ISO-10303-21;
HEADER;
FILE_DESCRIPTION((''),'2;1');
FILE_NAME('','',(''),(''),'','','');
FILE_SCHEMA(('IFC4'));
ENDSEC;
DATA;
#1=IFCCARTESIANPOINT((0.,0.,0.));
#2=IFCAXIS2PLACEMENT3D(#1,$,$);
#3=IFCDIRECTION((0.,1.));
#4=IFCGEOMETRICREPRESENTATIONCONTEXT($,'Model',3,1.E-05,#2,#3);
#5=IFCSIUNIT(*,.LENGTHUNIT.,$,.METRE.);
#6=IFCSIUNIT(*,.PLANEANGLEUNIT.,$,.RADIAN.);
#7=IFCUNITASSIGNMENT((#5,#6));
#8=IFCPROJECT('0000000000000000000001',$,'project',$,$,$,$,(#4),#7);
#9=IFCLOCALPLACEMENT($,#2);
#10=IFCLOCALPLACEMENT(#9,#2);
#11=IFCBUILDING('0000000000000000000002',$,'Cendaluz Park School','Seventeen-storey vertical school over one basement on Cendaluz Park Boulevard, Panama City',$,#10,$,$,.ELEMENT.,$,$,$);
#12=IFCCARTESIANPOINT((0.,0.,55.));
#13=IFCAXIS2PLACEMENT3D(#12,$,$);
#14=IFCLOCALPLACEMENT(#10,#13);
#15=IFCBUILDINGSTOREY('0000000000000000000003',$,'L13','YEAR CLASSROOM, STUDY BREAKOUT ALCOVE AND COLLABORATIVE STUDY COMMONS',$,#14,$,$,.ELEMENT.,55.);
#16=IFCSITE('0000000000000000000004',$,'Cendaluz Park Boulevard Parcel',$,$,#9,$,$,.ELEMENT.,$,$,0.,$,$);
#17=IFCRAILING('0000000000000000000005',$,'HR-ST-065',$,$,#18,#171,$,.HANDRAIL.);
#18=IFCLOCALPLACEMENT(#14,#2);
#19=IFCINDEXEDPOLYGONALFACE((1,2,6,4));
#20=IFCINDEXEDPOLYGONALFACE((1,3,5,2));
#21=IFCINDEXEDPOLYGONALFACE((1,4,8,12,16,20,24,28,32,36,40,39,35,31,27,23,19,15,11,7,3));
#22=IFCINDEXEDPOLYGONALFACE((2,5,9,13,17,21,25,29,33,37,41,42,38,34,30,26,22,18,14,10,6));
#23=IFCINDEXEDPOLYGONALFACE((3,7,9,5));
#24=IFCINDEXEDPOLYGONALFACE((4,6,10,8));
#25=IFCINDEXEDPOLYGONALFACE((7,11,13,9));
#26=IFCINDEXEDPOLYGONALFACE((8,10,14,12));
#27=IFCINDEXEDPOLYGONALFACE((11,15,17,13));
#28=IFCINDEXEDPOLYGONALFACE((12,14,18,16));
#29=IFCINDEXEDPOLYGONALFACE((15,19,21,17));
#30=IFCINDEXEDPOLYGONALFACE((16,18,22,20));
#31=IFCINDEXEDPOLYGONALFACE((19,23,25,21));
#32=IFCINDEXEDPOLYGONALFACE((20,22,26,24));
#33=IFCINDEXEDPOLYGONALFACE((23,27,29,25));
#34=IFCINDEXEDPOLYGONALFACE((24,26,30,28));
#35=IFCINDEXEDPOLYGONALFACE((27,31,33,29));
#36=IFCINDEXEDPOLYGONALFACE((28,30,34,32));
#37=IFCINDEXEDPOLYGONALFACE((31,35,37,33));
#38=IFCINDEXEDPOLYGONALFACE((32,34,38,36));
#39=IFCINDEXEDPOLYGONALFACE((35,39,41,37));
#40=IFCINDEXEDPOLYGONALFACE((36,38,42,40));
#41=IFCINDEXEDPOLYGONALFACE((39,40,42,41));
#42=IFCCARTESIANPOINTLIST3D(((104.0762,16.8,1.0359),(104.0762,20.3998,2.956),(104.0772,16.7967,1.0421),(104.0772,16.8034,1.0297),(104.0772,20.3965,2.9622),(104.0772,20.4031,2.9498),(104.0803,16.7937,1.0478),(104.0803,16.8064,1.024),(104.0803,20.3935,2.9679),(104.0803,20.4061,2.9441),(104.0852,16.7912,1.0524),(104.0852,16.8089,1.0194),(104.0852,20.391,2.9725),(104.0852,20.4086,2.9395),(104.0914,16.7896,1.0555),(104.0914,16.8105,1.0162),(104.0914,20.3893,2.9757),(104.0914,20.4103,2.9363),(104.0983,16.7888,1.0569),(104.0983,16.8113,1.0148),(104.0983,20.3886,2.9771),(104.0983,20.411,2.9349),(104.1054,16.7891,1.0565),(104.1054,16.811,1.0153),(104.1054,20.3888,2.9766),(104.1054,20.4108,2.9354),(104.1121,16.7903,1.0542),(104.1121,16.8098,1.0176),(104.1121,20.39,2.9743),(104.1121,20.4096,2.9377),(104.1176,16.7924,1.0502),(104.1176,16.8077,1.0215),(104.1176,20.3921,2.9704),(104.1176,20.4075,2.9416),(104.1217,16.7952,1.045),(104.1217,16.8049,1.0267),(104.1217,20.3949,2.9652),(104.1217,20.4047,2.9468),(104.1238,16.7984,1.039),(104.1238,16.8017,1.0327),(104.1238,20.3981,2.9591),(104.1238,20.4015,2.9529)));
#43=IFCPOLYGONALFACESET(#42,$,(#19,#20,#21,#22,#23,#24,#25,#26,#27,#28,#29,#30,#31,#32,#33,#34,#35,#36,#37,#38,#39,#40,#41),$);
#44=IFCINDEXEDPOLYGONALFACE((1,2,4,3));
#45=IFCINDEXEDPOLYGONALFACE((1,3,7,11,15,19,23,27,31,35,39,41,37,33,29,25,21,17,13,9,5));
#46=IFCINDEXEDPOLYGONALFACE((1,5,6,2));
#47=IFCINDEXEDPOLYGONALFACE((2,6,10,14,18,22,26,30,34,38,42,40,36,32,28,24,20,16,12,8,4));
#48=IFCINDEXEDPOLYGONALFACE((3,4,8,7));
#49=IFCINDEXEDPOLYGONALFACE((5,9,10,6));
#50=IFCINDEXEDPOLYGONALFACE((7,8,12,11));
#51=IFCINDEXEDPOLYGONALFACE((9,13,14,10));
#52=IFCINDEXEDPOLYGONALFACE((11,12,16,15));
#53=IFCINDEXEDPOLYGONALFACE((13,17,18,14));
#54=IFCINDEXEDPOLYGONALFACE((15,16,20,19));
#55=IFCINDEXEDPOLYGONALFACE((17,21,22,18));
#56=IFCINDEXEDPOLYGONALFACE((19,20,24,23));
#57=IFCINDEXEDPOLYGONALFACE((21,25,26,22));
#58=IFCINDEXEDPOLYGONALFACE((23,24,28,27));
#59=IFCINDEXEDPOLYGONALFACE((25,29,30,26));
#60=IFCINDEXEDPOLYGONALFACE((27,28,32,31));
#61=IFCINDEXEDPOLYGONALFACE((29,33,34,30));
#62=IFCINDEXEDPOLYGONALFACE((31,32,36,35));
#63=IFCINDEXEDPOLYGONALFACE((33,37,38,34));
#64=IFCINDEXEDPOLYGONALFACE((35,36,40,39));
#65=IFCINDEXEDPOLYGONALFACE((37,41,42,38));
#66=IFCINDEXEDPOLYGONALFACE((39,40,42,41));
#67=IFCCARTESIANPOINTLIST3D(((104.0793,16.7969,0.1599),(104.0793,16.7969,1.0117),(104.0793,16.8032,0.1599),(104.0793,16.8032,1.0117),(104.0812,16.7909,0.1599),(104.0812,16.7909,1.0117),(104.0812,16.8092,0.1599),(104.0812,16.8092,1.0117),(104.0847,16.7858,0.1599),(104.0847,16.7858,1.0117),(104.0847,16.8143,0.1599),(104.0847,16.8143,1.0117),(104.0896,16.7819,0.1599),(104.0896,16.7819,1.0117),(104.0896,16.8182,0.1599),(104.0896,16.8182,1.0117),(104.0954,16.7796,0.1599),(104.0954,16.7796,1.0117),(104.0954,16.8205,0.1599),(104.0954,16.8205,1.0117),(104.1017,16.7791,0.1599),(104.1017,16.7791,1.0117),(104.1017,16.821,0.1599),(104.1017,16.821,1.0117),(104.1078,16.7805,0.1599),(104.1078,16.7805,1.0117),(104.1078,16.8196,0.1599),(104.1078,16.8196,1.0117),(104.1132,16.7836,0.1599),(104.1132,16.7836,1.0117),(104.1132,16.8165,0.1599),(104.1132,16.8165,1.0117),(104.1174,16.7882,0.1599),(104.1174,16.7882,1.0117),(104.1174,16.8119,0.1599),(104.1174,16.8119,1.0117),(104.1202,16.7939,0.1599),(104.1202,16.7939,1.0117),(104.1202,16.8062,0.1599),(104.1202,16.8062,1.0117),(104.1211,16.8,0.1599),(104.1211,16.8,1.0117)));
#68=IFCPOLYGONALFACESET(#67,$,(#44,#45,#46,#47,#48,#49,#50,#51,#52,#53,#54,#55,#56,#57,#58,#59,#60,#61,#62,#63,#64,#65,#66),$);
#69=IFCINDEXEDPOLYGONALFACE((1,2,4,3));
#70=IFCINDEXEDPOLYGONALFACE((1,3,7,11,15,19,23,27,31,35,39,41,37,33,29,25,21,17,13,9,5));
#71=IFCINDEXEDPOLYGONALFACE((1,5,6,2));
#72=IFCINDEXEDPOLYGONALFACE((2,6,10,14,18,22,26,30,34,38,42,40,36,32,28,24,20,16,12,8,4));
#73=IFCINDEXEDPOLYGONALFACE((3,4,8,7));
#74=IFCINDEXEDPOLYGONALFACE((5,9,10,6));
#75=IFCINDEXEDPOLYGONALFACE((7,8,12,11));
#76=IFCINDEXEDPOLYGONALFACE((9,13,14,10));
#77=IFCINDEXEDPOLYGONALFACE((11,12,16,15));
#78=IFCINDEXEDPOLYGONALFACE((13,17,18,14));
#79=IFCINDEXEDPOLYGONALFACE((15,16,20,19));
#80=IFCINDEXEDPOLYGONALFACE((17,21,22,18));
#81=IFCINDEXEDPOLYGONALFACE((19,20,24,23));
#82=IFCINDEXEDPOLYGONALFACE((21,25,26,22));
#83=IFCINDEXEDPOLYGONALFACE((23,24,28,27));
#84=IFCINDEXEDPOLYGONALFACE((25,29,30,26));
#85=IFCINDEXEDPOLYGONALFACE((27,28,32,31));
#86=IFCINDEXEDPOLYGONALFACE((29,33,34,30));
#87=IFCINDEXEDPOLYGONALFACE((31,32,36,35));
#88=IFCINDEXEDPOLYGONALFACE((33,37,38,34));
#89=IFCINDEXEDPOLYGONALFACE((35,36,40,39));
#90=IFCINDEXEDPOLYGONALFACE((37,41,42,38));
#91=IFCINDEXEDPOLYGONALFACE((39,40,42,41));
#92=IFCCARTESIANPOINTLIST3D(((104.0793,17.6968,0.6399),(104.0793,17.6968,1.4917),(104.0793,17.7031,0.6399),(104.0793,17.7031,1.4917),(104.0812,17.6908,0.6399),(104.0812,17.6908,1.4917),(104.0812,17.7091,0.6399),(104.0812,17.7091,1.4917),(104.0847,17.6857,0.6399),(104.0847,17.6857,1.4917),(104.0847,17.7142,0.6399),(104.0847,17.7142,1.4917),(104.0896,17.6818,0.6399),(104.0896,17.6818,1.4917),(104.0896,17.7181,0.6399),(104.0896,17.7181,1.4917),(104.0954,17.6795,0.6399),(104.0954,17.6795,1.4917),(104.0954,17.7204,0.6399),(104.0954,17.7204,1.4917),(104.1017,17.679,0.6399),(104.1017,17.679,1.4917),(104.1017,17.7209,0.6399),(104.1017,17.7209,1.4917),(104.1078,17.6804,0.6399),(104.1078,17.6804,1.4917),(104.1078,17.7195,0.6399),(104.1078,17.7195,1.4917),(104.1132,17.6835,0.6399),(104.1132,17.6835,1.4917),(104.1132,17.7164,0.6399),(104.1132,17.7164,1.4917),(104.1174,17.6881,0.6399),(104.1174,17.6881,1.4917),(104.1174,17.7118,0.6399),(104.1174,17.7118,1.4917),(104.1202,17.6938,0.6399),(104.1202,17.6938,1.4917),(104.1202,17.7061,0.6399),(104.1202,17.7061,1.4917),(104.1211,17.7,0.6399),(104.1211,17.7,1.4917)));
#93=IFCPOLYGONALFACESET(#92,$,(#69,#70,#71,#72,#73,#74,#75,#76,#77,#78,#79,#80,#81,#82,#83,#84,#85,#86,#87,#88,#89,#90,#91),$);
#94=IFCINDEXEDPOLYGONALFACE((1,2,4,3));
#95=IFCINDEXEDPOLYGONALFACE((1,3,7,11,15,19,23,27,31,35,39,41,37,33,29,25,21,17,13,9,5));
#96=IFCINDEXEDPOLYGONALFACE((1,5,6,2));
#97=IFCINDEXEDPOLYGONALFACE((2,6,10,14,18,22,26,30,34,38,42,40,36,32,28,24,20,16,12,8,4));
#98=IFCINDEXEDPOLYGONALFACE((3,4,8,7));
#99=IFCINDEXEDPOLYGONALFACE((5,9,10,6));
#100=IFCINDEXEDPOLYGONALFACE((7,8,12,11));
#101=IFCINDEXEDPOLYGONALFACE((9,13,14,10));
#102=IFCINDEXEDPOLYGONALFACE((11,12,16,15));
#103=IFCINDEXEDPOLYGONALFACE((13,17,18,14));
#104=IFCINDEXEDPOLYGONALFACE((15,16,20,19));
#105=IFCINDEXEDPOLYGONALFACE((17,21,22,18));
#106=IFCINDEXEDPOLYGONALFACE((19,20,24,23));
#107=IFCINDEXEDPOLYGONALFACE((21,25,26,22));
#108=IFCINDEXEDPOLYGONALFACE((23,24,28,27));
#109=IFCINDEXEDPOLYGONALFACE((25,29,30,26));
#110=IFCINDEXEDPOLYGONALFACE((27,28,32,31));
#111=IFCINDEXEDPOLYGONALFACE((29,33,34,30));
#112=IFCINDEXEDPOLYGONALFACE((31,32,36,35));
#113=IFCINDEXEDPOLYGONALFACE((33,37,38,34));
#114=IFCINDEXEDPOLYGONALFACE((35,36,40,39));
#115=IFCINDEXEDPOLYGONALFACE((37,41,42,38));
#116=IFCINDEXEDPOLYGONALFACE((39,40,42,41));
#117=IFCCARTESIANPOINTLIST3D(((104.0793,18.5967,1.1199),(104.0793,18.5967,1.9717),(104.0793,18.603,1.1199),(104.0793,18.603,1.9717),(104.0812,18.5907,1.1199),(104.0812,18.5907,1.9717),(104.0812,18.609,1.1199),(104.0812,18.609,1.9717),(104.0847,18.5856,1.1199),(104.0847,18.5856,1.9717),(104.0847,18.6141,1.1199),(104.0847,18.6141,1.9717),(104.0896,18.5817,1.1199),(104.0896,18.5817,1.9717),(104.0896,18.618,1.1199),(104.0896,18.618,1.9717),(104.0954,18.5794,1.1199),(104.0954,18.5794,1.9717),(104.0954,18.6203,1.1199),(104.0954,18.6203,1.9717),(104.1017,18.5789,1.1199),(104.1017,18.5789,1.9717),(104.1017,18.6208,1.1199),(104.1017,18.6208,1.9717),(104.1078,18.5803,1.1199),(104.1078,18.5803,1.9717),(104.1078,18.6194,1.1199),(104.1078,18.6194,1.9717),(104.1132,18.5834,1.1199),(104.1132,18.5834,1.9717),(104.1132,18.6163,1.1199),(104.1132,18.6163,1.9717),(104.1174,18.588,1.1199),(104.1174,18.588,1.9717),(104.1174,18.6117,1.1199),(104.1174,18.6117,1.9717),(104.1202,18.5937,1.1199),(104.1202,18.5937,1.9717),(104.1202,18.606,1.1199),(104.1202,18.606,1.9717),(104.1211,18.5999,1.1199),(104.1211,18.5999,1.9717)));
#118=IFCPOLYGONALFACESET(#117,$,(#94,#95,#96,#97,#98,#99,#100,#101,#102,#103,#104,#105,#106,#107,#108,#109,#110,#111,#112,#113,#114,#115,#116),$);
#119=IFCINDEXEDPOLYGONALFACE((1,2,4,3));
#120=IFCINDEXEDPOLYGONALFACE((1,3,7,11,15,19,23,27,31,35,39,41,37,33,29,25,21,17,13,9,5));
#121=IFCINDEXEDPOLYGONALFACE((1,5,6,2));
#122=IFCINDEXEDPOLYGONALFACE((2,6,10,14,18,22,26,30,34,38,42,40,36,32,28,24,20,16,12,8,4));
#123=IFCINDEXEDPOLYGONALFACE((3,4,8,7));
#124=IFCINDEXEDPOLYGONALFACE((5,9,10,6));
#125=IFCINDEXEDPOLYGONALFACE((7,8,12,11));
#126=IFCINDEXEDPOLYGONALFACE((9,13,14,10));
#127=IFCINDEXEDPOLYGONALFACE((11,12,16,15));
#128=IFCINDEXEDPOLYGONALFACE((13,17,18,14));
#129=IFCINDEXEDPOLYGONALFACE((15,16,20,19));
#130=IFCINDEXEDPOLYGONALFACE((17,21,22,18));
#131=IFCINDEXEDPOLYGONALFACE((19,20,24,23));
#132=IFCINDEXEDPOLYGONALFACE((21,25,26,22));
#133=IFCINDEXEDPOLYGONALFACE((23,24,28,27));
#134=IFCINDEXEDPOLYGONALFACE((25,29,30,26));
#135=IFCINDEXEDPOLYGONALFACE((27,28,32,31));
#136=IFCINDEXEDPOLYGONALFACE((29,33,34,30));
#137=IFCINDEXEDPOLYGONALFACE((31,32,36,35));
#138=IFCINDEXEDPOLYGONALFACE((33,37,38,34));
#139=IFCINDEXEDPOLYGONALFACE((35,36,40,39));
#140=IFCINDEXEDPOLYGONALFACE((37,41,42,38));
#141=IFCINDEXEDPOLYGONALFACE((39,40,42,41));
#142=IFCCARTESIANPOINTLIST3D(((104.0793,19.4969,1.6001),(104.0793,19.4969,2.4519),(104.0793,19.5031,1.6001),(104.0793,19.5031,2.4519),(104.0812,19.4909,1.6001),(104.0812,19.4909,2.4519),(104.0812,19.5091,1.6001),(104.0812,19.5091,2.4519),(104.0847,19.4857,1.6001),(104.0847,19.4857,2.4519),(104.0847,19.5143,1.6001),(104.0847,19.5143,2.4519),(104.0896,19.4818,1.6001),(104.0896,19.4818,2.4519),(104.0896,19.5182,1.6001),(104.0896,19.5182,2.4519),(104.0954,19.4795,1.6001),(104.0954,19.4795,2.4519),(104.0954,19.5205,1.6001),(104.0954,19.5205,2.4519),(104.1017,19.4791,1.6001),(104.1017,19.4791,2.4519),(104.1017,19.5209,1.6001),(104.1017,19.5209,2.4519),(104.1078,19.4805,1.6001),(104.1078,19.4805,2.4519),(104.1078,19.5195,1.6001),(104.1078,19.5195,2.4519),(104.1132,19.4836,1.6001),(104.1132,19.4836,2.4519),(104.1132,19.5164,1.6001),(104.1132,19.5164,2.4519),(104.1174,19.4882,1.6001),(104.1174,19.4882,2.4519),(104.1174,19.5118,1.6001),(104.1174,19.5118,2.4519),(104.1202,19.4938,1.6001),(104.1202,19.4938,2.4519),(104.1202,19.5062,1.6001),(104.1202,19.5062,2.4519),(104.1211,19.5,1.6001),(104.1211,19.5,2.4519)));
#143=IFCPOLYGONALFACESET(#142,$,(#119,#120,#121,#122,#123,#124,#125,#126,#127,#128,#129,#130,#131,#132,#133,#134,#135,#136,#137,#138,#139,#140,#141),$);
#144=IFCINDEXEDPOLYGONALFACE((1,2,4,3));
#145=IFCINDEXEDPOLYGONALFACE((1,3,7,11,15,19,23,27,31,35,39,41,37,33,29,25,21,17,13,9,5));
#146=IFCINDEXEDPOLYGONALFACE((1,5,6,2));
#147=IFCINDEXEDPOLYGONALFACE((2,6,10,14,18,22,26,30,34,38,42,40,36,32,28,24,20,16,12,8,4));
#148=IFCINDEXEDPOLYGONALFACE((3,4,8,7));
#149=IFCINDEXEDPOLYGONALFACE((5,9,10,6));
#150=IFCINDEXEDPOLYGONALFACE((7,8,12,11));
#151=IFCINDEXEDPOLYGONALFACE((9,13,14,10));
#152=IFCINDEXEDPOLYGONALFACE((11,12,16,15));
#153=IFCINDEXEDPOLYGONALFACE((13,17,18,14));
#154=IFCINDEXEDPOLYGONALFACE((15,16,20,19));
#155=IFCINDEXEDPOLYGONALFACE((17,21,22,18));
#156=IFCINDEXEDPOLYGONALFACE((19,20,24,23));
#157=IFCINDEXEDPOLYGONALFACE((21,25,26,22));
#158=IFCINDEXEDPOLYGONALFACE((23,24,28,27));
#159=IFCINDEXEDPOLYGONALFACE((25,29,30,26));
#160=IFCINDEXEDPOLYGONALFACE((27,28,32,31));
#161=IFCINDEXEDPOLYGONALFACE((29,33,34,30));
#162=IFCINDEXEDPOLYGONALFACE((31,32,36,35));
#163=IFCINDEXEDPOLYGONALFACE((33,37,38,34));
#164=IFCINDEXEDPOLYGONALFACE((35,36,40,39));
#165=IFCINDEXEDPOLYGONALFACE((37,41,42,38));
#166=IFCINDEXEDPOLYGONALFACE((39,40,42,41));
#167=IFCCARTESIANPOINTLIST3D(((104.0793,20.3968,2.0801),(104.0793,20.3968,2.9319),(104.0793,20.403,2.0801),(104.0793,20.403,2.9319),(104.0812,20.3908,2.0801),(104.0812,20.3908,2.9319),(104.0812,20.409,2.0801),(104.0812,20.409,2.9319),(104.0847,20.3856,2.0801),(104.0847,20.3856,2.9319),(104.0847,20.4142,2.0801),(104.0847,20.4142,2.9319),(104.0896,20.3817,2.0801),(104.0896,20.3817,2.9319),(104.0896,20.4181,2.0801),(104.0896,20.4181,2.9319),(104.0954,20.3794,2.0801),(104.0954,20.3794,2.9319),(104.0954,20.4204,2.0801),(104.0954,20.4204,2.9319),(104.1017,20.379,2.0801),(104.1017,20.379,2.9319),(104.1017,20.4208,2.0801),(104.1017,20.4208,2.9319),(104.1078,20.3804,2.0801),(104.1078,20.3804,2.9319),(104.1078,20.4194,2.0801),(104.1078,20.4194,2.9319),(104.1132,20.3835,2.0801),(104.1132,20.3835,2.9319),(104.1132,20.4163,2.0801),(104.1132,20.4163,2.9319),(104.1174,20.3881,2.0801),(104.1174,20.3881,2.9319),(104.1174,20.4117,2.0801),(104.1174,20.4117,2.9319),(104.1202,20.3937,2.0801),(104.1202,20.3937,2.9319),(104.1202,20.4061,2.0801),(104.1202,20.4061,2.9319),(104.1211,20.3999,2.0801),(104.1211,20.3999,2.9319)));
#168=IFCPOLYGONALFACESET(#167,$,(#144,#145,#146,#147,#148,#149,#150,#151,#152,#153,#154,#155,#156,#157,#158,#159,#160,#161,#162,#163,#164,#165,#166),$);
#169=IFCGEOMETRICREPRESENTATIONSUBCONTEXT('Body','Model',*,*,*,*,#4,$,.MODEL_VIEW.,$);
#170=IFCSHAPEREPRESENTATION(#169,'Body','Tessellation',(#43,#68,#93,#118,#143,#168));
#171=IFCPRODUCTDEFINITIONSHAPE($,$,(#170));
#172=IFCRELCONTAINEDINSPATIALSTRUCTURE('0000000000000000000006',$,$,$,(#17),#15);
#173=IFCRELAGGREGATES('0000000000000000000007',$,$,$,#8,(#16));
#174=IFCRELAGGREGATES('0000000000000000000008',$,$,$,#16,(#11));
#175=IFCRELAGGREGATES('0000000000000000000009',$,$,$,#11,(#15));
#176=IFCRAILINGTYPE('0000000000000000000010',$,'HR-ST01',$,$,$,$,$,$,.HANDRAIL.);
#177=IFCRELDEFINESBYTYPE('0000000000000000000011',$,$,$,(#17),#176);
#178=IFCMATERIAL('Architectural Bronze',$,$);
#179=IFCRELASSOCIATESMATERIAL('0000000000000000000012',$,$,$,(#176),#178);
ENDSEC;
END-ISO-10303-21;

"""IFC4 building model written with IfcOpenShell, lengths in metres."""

from ifc_helpers import new_model, si_unit, direction, frame, origin, origin_2d, place, context, subcontext, project, spatial, circle, extrude, material, type_object, element, save


model = new_model("IFC4")

# Units and contexts
model_context = context("Model", 3, precision=1e-05, world=origin(), true_north=direction((0.0, 1.0)))
body_context = subcontext(model_context, "Body", "Model", "MODEL_VIEW")
ifc_project = project(units=[si_unit("LENGTHUNIT", "METRE"), si_unit("PLANEANGLEUNIT", "RADIAN")], contexts=[model_context])

# Site, building, storey
site_placement = place(None, origin())
site = spatial("IfcSite", under=ifc_project, at=site_placement, Name="Cendaluz Park Boulevard Parcel", CompositionType="ELEMENT", RefElevation=0.0)
building_placement = place(site_placement, origin())
building = spatial("IfcBuilding", under=site, at=building_placement, Name="Cendaluz Park School", Description="Seventeen-storey vertical school over one basement on Cendaluz Park Boulevard, Panama City", CompositionType="ELEMENT")
storey_placement = place(building_placement, frame((0.0, 0.0, 55.0)))
storey = spatial("IfcBuildingStorey", under=building, at=storey_placement, Name="L13", Description="YEAR CLASSROOM, STUDY BREAKOUT ALCOVE AND COLLABORATIVE STUDY COMMONS", CompositionType="ELEMENT", Elevation=55.0)

# Railing
ifc_material_1 = material(Name="Architectural Bronze")
railing_type_1 = type_object("IfcRailingType", Name="HR-ST01", PredefinedType="HANDRAIL", material=ifc_material_1)
railing_1_placement = place(storey_placement, frame((104.1001, 16.8, 0.1599)))
element("IfcRailing", 1, at=railing_1_placement, inside=storey, type_object=railing_type_1, Name="HR-ST-065", PredefinedType="HANDRAIL", context=body_context, shape_type="SweptSolid", body=[
    extrude(circle(Radius=0.0239, at=origin_2d()), frame((0.0, 0.0, 0.876), z_axis=(0.0, 0.882328, 0.470635), x_axis=(-1.0, 0.0, 0.0)), (0.0, 0.0, 1.0), 4.0798),
    extrude(circle(Radius=0.021, at=origin_2d()), origin(), (0.0, 0.0, 1.0), 0.8518),
    extrude(circle(Radius=0.021, at=origin_2d()), frame((0.0, 0.8999, 0.48)), (0.0, 0.0, 1.0), 0.8518),
    extrude(circle(Radius=0.021, at=origin_2d()), frame((0.0, 1.7998, 0.96)), (0.0, 0.0, 1.0), 0.8518),
    extrude(circle(Radius=0.021, at=origin_2d()), frame((0.0, 2.7, 1.4402)), (0.0, 0.0, 1.0), 0.8518),
    extrude(circle(Radius=0.021, at=origin_2d()), frame((0.0, 3.5999, 1.9202)), (0.0, 0.0, 1.0), 0.8518),
])

save(model, "model.ifc")
